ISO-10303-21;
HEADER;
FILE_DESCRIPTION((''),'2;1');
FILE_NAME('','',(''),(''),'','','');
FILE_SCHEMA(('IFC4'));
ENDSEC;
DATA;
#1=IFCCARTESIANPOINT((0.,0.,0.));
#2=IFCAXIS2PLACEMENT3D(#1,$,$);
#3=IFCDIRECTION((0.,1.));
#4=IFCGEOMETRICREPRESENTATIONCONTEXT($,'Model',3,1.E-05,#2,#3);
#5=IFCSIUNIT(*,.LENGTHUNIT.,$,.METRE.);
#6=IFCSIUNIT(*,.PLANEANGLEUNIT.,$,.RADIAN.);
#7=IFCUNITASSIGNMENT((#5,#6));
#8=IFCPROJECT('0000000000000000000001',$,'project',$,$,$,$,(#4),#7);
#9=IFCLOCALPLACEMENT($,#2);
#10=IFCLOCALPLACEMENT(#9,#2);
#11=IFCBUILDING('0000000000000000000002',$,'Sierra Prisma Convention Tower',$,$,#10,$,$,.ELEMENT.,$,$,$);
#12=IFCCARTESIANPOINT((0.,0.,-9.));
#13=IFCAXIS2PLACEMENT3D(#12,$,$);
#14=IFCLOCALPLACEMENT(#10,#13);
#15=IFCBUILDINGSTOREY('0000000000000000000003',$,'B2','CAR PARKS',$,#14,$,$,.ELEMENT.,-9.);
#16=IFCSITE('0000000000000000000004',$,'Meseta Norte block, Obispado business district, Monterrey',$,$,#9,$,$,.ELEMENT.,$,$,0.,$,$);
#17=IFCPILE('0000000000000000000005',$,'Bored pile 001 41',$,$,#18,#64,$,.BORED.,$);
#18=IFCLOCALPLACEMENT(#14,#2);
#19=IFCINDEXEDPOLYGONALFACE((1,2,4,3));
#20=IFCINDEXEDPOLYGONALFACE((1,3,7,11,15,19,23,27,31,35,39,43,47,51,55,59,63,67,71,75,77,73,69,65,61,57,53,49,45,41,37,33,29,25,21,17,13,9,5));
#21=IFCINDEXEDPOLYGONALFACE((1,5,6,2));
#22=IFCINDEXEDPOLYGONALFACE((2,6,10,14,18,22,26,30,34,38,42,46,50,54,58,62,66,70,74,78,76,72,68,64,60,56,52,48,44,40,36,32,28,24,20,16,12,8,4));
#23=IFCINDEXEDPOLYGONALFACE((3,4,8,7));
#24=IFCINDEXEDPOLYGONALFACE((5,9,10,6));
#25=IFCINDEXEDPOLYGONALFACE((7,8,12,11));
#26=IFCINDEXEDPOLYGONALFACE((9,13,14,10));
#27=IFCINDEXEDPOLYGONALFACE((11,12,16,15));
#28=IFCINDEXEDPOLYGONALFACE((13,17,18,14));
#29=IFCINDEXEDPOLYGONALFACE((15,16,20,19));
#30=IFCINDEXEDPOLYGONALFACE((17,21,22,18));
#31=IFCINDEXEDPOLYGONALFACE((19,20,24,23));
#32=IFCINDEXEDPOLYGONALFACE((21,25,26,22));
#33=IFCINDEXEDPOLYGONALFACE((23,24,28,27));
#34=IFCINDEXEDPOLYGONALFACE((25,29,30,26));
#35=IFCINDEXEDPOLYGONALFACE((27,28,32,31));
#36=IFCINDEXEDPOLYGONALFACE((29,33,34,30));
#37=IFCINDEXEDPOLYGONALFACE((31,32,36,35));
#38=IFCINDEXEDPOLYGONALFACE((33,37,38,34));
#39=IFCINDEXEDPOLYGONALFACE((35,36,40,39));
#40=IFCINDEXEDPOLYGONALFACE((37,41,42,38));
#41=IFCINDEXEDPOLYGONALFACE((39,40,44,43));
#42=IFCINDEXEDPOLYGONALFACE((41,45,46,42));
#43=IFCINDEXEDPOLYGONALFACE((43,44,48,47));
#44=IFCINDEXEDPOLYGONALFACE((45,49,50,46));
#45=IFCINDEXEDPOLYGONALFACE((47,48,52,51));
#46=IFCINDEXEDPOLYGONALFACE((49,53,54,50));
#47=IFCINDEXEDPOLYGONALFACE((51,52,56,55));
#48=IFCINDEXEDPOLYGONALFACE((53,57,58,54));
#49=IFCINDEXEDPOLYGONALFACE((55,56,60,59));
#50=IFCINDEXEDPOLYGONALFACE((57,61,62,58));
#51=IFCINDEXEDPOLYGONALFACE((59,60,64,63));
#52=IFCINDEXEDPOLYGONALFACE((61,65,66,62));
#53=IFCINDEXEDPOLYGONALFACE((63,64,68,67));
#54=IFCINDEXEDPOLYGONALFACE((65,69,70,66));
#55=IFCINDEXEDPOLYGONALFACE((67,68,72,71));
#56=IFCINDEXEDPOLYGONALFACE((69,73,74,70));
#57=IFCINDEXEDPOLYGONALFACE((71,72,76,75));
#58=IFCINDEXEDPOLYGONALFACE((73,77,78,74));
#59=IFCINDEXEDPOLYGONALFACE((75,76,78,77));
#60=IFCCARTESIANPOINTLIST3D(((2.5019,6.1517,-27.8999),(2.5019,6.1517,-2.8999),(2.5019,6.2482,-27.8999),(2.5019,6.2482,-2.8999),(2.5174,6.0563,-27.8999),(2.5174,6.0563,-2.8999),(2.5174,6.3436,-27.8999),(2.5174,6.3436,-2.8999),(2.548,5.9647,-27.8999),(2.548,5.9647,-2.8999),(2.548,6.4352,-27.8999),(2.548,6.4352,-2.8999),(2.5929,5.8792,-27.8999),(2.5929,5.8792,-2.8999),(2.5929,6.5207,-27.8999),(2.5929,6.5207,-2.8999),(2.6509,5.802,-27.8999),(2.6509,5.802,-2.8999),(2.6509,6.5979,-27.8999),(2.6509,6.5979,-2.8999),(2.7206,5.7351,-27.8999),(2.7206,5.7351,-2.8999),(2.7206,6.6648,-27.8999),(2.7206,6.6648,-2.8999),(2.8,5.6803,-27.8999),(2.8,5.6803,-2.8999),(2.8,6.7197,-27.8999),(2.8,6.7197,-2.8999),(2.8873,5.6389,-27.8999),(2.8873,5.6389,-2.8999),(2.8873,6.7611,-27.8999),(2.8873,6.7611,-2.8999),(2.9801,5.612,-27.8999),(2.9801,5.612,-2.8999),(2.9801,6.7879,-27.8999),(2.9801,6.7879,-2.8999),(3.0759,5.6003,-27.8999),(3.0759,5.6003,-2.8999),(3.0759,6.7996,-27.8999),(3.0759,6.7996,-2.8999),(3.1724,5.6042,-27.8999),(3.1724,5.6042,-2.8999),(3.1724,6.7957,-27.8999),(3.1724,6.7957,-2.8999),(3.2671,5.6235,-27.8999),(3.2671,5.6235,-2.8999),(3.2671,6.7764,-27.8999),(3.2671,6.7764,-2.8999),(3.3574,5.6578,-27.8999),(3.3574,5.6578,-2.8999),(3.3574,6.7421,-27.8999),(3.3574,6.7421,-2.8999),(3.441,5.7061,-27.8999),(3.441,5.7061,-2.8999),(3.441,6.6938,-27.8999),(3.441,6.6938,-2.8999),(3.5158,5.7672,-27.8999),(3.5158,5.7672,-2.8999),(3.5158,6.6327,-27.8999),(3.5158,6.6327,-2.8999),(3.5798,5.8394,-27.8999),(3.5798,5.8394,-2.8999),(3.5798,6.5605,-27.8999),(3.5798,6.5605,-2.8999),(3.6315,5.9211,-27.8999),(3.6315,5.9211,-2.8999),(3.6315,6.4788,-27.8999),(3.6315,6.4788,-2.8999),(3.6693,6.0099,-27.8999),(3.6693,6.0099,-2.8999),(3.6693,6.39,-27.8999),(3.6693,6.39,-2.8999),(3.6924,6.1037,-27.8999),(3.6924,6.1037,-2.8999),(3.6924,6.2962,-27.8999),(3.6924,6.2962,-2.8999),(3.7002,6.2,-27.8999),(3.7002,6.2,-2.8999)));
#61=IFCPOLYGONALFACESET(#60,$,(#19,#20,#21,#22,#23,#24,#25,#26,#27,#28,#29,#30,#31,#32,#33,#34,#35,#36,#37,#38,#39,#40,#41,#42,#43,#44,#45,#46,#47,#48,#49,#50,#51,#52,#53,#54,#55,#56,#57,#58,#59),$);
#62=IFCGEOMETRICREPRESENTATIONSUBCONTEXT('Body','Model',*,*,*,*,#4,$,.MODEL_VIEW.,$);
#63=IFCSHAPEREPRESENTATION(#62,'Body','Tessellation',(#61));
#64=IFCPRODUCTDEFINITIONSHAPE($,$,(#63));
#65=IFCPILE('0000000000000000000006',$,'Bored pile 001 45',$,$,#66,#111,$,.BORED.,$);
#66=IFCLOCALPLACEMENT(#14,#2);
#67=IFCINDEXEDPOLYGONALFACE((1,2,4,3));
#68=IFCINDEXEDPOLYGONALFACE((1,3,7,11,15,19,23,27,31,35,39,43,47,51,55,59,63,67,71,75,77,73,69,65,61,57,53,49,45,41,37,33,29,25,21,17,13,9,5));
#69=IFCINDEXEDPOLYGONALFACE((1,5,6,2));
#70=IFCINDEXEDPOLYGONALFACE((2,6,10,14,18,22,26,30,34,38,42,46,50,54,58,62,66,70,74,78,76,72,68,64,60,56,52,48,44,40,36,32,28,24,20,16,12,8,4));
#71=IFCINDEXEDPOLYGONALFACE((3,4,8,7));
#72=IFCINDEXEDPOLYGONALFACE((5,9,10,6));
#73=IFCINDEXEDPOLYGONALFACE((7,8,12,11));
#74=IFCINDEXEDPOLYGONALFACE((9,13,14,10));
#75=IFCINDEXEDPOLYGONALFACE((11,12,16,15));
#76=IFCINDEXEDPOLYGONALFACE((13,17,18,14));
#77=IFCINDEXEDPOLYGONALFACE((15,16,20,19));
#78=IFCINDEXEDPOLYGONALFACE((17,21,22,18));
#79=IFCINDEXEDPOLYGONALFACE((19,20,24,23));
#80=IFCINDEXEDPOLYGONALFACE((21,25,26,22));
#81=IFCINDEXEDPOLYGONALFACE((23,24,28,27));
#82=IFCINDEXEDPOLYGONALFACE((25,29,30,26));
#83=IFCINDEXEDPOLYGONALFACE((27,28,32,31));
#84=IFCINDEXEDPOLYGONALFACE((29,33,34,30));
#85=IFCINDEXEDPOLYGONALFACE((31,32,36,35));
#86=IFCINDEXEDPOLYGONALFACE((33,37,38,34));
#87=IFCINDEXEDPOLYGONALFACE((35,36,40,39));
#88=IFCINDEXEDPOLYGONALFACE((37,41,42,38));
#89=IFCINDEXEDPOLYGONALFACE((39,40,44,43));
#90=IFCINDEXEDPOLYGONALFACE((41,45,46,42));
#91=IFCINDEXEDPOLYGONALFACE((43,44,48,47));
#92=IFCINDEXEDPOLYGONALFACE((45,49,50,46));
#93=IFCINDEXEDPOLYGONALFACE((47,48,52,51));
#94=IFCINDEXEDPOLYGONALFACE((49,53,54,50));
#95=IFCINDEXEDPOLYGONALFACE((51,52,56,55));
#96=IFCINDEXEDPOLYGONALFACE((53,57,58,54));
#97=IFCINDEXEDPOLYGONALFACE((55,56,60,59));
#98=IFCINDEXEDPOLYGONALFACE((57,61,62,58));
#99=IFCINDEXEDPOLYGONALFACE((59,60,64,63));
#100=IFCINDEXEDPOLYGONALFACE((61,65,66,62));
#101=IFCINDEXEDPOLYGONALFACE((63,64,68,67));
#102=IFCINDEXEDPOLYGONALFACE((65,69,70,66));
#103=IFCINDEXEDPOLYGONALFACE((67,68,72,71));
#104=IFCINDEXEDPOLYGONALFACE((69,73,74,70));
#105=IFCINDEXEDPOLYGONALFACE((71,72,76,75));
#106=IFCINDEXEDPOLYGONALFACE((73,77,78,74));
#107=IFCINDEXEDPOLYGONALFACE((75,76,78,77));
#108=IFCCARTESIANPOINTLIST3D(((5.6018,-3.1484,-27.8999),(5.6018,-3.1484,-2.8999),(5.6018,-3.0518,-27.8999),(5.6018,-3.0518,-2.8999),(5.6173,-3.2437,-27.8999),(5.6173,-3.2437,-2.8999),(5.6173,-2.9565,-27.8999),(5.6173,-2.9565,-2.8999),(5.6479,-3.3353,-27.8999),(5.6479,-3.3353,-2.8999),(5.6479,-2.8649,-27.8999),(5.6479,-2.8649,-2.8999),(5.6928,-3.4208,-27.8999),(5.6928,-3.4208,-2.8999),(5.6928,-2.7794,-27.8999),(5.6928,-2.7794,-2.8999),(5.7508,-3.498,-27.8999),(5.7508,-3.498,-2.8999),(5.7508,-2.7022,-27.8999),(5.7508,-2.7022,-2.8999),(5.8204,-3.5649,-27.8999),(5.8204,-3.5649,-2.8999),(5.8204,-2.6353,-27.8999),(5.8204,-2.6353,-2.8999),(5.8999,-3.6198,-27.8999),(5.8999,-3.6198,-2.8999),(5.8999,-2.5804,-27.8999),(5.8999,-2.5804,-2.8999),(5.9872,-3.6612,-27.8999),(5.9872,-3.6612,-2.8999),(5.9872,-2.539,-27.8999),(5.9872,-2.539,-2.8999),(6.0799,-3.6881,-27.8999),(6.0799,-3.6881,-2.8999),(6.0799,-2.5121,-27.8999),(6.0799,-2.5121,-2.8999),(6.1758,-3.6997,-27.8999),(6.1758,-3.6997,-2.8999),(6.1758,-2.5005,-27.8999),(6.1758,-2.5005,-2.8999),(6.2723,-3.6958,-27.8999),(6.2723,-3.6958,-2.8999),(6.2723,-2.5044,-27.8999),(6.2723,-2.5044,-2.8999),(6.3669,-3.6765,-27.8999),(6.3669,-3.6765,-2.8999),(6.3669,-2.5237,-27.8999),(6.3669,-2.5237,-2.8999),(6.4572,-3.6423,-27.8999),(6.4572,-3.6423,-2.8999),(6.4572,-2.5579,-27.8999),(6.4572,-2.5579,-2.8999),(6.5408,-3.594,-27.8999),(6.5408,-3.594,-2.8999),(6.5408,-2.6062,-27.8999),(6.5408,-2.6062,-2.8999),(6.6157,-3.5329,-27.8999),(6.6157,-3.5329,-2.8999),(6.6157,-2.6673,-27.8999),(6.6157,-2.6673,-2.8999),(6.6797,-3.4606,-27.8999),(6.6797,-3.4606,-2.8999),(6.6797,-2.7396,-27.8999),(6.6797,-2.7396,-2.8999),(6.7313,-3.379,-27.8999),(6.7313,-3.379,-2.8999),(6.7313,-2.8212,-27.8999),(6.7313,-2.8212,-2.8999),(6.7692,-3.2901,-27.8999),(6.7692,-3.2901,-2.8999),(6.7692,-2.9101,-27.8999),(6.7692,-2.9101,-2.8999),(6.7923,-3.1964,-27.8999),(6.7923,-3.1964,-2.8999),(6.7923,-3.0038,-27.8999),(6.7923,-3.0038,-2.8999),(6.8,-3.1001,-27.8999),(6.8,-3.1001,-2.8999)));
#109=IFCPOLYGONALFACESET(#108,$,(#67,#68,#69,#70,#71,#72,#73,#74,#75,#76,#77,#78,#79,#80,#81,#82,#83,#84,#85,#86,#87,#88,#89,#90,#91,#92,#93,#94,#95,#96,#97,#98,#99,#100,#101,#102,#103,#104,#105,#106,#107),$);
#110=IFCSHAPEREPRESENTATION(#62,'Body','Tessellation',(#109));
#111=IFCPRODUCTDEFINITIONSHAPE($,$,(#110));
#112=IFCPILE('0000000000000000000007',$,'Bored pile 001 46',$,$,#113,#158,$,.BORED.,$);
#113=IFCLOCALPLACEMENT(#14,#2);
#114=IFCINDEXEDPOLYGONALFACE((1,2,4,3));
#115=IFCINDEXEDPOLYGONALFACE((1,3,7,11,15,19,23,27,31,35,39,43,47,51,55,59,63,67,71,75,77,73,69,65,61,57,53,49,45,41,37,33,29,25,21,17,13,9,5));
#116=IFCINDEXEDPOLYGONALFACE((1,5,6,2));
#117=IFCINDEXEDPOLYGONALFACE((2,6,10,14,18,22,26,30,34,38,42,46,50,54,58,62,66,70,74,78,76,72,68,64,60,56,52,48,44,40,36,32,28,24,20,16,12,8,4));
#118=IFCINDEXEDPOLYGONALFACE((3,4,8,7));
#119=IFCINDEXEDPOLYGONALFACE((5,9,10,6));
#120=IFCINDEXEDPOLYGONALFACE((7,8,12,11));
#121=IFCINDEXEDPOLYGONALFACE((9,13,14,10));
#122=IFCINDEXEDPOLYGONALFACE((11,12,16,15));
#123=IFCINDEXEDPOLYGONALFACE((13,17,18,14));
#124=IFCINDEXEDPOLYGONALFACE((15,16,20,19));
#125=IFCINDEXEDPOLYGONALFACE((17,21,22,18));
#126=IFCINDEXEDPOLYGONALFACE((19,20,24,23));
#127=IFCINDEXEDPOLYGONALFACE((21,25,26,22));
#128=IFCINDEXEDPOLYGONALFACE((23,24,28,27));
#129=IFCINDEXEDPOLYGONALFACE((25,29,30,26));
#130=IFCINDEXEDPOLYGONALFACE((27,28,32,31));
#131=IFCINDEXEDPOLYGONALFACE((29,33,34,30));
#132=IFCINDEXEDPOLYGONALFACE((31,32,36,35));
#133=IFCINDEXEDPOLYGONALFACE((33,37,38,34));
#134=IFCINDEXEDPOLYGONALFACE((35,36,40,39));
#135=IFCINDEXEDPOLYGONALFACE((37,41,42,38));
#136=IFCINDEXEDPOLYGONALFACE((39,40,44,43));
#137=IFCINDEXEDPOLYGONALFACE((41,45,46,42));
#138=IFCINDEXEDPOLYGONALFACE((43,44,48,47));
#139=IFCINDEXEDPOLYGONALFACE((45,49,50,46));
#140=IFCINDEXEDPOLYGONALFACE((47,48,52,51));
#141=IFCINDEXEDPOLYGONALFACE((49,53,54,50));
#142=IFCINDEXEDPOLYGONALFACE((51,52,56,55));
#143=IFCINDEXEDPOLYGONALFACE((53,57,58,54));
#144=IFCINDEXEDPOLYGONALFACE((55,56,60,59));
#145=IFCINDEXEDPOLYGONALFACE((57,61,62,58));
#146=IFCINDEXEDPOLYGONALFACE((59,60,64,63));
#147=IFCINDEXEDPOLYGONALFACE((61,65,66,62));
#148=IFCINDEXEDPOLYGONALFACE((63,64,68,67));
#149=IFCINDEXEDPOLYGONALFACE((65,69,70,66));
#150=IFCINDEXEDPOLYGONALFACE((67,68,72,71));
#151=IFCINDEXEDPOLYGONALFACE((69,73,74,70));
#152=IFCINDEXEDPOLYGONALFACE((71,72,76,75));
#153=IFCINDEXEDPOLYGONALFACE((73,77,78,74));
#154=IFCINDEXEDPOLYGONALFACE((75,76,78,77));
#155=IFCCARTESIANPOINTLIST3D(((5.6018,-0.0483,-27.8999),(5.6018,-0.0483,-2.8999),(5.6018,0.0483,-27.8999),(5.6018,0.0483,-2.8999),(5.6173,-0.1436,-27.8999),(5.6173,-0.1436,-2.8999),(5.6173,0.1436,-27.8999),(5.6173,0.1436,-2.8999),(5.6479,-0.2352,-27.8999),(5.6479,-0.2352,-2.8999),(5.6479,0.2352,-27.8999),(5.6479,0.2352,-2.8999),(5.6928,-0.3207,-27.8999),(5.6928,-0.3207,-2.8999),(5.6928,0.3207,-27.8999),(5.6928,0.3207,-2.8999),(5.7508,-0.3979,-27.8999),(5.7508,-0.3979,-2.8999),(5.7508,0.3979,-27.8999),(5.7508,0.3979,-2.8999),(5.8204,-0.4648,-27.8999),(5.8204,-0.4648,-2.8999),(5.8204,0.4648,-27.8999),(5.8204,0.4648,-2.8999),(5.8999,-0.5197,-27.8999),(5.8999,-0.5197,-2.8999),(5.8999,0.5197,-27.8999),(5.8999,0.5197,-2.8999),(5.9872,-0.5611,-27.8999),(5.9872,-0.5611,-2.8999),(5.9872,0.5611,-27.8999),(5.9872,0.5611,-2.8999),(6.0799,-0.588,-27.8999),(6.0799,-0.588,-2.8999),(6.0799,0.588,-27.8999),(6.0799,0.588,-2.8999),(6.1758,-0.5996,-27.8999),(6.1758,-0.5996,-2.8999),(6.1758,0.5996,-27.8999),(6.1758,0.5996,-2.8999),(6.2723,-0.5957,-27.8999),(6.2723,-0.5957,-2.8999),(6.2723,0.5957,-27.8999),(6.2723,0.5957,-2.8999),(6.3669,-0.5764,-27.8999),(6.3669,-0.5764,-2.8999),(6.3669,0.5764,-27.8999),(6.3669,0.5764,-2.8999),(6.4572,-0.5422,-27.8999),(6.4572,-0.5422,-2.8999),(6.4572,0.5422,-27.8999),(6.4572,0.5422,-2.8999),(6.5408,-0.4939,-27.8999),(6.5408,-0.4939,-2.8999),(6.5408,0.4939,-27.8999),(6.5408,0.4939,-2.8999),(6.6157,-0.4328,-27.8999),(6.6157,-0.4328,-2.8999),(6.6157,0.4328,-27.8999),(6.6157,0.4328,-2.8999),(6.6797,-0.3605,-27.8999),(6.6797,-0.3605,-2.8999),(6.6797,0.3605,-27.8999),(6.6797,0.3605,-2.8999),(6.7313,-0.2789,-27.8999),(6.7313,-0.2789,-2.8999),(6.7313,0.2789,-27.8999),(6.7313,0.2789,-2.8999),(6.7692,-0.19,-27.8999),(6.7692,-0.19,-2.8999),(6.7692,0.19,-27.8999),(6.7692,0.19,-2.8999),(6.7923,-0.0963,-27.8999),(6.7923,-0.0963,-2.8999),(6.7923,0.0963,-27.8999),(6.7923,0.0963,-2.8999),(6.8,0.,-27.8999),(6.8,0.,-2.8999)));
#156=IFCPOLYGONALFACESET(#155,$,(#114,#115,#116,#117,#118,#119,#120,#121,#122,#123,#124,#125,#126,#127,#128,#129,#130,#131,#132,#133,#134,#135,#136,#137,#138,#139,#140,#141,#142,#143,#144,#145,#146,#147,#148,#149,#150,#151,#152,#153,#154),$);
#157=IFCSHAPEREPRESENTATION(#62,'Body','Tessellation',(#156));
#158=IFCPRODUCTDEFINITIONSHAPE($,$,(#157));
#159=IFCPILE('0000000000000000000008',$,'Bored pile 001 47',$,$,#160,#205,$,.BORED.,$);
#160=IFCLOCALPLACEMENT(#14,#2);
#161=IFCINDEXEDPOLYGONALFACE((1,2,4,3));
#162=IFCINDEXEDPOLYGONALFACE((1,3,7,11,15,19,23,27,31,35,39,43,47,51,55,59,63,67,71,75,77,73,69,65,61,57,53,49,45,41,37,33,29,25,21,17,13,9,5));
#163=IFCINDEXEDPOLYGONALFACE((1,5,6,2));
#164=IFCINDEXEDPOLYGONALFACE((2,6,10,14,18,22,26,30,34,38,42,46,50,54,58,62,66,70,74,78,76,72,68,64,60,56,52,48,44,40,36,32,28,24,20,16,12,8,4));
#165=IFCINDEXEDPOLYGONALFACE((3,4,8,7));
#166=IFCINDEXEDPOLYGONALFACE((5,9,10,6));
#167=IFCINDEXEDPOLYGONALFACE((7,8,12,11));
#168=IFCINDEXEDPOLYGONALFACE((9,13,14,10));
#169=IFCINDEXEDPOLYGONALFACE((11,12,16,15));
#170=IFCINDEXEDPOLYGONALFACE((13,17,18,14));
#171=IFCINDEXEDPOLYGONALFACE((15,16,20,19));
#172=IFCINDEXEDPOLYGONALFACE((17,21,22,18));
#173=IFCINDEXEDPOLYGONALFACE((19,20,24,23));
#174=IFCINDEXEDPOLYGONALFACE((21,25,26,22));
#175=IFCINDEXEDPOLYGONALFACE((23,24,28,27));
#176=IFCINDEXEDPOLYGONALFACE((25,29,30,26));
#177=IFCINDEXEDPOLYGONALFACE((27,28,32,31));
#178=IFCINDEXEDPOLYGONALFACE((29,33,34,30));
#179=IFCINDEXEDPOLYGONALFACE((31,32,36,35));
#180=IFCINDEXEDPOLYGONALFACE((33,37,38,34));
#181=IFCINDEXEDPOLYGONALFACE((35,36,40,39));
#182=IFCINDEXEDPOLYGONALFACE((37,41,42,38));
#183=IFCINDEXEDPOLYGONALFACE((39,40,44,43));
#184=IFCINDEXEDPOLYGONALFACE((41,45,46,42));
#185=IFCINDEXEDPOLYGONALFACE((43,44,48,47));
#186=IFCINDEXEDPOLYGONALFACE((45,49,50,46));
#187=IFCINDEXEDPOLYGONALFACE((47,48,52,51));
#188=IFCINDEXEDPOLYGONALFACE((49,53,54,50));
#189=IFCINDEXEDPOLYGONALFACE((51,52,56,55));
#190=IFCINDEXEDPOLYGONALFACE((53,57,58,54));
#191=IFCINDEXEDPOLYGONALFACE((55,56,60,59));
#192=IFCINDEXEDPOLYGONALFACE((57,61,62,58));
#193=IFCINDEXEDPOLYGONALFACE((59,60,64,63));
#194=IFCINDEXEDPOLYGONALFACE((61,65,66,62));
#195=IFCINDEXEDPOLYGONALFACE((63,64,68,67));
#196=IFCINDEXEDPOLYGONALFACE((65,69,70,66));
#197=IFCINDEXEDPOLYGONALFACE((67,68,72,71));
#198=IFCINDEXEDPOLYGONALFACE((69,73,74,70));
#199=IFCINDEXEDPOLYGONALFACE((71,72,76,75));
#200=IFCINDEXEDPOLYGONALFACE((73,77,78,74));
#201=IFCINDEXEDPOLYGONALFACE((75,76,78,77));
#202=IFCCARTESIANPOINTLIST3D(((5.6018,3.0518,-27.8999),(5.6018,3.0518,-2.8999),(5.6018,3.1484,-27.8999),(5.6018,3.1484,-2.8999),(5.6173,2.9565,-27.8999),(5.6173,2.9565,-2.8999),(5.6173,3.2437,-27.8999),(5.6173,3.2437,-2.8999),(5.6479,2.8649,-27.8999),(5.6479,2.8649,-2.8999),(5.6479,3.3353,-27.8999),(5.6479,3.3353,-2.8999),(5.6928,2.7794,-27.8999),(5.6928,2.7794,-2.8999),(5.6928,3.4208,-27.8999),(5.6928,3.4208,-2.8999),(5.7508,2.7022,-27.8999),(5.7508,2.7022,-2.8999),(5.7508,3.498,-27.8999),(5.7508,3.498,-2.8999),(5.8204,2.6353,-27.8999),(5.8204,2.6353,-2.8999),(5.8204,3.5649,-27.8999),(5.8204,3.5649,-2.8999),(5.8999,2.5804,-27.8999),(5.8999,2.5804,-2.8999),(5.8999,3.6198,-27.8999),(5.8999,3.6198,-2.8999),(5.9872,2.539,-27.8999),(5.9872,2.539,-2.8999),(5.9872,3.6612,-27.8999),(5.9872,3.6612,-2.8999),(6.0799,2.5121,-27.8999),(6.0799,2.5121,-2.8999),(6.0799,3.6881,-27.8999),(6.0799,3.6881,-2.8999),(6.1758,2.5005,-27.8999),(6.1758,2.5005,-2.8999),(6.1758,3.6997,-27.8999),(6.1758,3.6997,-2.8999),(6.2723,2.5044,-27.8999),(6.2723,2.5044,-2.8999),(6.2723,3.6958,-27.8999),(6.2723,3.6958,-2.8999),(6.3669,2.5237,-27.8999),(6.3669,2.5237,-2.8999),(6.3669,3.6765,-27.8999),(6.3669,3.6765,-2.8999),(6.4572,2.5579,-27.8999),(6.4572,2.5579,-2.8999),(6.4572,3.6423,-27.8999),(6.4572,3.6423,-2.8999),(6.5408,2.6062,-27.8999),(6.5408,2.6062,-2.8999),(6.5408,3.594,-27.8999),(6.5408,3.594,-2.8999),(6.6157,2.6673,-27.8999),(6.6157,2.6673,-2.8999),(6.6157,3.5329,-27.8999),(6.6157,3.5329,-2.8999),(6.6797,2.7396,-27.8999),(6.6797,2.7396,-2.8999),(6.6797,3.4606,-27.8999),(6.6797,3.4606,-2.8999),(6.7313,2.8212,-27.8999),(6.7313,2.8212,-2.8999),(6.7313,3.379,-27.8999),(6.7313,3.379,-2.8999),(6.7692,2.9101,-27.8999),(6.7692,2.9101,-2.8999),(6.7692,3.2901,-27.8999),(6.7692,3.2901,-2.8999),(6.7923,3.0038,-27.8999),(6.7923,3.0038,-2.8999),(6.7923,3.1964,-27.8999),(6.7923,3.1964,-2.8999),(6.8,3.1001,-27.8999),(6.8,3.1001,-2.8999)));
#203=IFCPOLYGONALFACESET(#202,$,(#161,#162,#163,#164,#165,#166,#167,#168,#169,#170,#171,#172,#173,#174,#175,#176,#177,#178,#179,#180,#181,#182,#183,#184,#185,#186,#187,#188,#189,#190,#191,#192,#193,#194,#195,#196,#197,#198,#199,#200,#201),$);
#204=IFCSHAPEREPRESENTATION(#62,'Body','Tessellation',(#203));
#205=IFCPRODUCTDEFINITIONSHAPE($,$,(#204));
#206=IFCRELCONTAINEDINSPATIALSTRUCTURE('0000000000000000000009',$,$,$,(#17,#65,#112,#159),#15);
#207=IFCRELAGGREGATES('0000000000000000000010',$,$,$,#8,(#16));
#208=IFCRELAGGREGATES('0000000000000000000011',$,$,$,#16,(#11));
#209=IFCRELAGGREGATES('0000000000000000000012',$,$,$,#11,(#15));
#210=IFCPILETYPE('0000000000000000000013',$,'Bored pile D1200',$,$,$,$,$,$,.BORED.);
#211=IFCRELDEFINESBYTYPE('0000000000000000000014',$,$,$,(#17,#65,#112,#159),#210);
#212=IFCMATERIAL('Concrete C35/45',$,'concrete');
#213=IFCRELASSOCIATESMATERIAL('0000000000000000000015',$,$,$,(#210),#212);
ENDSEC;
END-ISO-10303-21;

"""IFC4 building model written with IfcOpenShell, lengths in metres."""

from ifc_helpers import new_model, si_unit, direction, frame, origin, origin_2d, place, context, subcontext, project, spatial, circle, extrude, material, material_profile, profile_set, type_object, element, save


model = new_model("IFC4")

# Units and contexts
model_context = context("Model", 3, precision=1e-05, world=origin(), true_north=direction((0.0, 1.0)))
body_context = subcontext(model_context, "Body", "Model", "MODEL_VIEW")
ifc_project = project(units=[si_unit("LENGTHUNIT", "METRE"), si_unit("PLANEANGLEUNIT", "RADIAN")], contexts=[model_context])

# Site, building, storey
site_placement = place(None, origin())
site = spatial("IfcSite", under=ifc_project, at=site_placement, Name="Meseta Norte block, Obispado business district, Monterrey", CompositionType="ELEMENT", RefElevation=0.0)
building_placement = place(site_placement, origin())
building = spatial("IfcBuilding", under=site, at=building_placement, Name="Sierra Prisma Convention Tower", CompositionType="ELEMENT")
storey_placement = place(building_placement, frame((0.0, 0.0, -9.0)))
storey = spatial("IfcBuildingStorey", under=building, at=storey_placement, Name="B2", Description="CAR PARKS", CompositionType="ELEMENT", Elevation=-9.0)

# Piles
ifc_material_1 = material(Name="Concrete C35/45", Category="concrete")
ifc_material_profile = material_profile(ifc_material_1, circle(Radius=0.6001, at=origin_2d()), Name="D1200")
ifc_profile_set = profile_set([ifc_material_profile], Name="Concrete C35/45")
pile_type = type_object("IfcPileType", Name="Bored pile D1200", PredefinedType="BORED", material=ifc_profile_set)
for number, where, z_axis, x_axis, name in (
    (1, (3.1001, 6.2, -2.8999), (0.0, 0.0, -1.0), (1.0, 0.0, 0.0), "Bored pile 001 41"),
    (2, (6.2, -3.1001, -2.8999), (0.0, 0.0, -1.0), (1.0, 0.0, 0.0), "Bored pile 001 45"),
    (3, (6.2, 0.0, -2.8999), (0.0, 0.0, -1.0), (1.0, 0.0, 0.0), "Bored pile 001 46"),
    (4, (6.2, 3.1001, -2.8999), (0.0, 0.0, -1.0), (1.0, 0.0, 0.0), "Bored pile 001 47"),
):
    element("IfcPile", number, at=place(storey_placement, frame(where, z_axis=z_axis, x_axis=x_axis)), inside=storey, type_object=pile_type, Name=name, PredefinedType="BORED", context=body_context, shape_type="SweptSolid", body=[
        extrude(circle(Radius=0.6001, at=origin_2d()), origin(), (0.0, 0.0, 1.0), 25.0),
    ])

save(model, "model.ifc")
